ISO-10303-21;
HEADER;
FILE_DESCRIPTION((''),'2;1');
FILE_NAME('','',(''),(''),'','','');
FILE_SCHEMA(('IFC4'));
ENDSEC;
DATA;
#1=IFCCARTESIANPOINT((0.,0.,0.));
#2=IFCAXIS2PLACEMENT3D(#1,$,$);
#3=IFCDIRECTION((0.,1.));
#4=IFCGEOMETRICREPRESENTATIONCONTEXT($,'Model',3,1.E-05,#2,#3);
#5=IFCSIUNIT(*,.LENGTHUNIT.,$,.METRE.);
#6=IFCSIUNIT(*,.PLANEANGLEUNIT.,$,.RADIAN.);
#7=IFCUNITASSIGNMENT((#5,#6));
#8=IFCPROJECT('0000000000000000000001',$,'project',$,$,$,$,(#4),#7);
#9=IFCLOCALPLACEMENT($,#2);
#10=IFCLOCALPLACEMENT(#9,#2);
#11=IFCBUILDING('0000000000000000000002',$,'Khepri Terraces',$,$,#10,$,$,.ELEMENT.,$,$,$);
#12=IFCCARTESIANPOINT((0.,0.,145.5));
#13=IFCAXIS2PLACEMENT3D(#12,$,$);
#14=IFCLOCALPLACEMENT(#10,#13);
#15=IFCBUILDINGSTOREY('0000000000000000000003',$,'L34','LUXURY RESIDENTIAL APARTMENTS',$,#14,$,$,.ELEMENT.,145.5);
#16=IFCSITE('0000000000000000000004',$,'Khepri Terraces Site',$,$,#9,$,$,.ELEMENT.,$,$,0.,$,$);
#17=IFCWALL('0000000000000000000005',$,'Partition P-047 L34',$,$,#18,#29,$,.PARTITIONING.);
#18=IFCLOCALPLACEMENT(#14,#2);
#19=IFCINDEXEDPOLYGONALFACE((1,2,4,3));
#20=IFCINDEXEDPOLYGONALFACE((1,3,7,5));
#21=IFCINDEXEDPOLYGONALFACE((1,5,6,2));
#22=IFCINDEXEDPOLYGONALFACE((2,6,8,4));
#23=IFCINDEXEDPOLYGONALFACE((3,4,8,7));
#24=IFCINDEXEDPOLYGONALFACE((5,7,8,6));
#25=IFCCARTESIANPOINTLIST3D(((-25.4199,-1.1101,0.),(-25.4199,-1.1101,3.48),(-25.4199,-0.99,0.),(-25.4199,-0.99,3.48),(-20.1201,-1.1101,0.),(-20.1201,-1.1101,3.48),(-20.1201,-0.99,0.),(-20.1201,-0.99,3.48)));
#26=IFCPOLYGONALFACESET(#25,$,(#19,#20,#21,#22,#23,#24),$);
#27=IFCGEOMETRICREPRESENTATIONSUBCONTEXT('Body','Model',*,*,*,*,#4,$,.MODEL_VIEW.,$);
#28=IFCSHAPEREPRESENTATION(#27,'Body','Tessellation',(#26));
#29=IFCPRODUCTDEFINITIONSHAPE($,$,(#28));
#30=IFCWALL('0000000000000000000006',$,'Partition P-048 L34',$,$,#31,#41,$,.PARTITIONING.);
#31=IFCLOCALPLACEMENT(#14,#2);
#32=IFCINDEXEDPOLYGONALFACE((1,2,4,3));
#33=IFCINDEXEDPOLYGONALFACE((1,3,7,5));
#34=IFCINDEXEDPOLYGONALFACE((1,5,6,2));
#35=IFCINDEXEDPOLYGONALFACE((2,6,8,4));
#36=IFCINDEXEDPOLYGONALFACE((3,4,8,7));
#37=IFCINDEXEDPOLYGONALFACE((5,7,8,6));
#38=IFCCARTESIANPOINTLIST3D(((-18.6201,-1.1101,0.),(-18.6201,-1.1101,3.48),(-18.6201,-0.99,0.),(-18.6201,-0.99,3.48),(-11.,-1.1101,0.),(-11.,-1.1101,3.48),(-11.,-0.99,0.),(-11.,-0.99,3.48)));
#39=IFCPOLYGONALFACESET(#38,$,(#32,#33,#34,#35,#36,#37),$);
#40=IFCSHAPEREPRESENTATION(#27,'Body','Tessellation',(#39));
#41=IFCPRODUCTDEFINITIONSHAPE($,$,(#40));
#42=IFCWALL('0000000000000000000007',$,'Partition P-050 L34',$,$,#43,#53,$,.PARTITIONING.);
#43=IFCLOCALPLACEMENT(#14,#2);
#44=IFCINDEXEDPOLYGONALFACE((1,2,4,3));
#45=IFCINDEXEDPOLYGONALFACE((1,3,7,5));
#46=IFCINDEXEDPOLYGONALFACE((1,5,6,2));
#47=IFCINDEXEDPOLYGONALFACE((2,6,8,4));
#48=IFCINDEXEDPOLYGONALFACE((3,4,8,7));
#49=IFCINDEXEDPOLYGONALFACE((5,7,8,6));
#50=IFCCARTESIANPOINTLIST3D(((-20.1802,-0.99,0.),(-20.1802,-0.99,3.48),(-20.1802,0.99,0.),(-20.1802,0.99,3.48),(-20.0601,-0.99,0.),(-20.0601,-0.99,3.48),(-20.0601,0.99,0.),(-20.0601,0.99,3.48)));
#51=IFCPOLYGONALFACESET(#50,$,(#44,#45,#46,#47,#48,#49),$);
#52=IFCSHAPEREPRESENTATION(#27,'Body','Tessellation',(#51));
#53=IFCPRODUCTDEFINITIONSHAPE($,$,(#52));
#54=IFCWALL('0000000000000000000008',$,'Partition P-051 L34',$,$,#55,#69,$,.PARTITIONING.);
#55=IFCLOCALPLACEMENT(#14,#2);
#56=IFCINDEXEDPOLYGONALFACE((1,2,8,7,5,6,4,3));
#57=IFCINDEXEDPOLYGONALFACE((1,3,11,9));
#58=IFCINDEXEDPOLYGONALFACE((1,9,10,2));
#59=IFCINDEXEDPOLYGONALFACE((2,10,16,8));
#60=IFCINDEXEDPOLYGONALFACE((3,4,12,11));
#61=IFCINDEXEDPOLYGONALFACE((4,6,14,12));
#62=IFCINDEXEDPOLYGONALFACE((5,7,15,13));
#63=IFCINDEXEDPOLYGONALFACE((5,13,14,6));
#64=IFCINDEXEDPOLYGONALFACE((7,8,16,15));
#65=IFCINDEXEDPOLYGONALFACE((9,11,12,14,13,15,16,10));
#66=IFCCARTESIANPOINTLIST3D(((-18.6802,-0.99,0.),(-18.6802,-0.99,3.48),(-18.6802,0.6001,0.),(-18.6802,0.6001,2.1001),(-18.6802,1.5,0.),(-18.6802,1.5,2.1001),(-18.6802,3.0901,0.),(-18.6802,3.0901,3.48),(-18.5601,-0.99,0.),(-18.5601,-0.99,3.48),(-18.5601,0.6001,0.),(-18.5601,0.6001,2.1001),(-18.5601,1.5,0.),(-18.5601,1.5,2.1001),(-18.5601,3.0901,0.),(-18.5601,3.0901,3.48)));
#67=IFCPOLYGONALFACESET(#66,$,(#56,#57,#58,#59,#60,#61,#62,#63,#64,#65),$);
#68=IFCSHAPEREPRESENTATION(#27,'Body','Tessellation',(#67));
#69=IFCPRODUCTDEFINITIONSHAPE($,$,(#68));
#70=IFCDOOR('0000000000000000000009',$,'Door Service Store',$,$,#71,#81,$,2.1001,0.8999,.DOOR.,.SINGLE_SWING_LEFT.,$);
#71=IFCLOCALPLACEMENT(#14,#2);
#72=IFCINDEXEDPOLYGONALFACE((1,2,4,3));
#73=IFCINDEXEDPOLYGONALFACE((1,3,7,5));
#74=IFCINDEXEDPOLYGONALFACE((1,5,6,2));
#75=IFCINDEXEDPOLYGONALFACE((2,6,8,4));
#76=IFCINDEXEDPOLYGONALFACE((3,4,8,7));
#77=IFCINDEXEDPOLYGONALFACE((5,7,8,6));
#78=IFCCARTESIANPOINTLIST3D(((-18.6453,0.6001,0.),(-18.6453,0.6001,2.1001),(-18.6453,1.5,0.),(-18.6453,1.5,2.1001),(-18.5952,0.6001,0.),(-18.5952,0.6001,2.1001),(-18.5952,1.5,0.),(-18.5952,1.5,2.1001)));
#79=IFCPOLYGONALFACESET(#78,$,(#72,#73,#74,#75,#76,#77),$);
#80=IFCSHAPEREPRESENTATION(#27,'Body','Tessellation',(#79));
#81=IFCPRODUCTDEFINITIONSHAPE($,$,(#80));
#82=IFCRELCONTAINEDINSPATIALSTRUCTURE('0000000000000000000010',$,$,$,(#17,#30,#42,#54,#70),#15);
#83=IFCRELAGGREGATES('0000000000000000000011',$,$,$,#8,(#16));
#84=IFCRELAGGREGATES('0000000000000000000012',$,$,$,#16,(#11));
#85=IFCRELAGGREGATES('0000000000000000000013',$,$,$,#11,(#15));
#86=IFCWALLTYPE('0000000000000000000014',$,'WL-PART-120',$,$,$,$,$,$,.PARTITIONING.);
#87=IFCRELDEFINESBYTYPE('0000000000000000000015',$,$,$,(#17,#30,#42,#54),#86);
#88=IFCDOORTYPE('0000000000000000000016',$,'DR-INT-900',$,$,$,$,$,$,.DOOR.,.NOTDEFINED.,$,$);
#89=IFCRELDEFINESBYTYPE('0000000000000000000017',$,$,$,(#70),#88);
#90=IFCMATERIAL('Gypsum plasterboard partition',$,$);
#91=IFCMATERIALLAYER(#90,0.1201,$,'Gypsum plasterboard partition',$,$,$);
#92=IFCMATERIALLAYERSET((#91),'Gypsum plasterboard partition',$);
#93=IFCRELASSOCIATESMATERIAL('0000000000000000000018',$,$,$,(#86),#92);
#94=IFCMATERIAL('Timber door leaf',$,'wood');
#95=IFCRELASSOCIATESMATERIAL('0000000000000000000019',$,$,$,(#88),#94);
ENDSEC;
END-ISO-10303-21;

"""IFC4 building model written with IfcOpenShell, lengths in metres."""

from ifc_helpers import new_model, si_unit, direction, frame, frame_2d, origin, place, context, subcontext, project, spatial, rectangle, extrude, material, layer, layer_set, type_object, element, fill, save


model = new_model("IFC4")

# Units and contexts
model_context = context("Model", 3, precision=1e-05, world=origin(), true_north=direction((0.0, 1.0)))
body_context = subcontext(model_context, "Body", "Model", "MODEL_VIEW")
ifc_project = project(units=[si_unit("LENGTHUNIT", "METRE"), si_unit("PLANEANGLEUNIT", "RADIAN")], contexts=[model_context])

# Site, building, storey
site_placement = place(None, origin())
site = spatial("IfcSite", under=ifc_project, at=site_placement, Name="Khepri Terraces Site", CompositionType="ELEMENT", RefElevation=0.0)
building_placement = place(site_placement, origin())
building = spatial("IfcBuilding", under=site, at=building_placement, Name="Khepri Terraces", CompositionType="ELEMENT")
storey_placement = place(building_placement, frame((0.0, 0.0, 145.5)))
storey = spatial("IfcBuildingStorey", under=building, at=storey_placement, Name="L34", Description="LUXURY RESIDENTIAL APARTMENTS", CompositionType="ELEMENT", Elevation=145.5)

# Shared definitions
ifc_material_1 = material(Name="Gypsum plasterboard partition")
ifc_layer_1 = layer(ifc_material_1, 0.1201, Name="Gypsum plasterboard partition")
ifc_layer_set_1 = layer_set([ifc_layer_1], Name="Gypsum plasterboard partition")
wall_type_1 = type_object("IfcWallType", Name="WL-PART-120", PredefinedType="PARTITIONING", material=ifc_layer_set_1)

# Shared definitions
ifc_material_2 = material(Name="Timber door leaf", Category="wood")
door_type_1 = type_object("IfcDoorType", Name="DR-INT-900", OperationType="NOTDEFINED", PredefinedType="DOOR", material=ifc_material_2)

# Walls
wall_1_placement = place(storey_placement, frame((-25.4199, -1.05, 0.0), z_axis=(0.0, 0.0, 1.0), x_axis=(1.0, 0.0, 0.0)))
element("IfcWall", 1, at=wall_1_placement, inside=storey, type_object=wall_type_1, Name="Partition P-047 L34", PredefinedType="PARTITIONING", context=body_context, shape_type="SweptSolid", body=[
    extrude(rectangle(XDim=5.2998, YDim=0.1201, at=frame_2d((2.6499, 0.0))), origin(), (0.0, 0.0, 1.0), 3.48),
])
wall_2_placement = place(storey_placement, frame((-18.6201, -1.05, 0.0), z_axis=(0.0, 0.0, 1.0), x_axis=(1.0, 0.0, 0.0)))
element("IfcWall", 2, at=wall_2_placement, inside=storey, type_object=wall_type_1, Name="Partition P-048 L34", PredefinedType="PARTITIONING", context=body_context, shape_type="SweptSolid", body=[
    extrude(rectangle(XDim=7.6201, YDim=0.1201, at=frame_2d((3.8101, 0.0))), origin(), (0.0, 0.0, 1.0), 3.48),
])
wall_3_placement = place(storey_placement, frame((-20.1201, -0.99, 0.0), z_axis=(0.0, 0.0, 1.0), x_axis=(0.0, 1.0, 0.0)))
element("IfcWall", 3, at=wall_3_placement, inside=storey, type_object=wall_type_1, Name="Partition P-050 L34", PredefinedType="PARTITIONING", context=body_context, shape_type="SweptSolid", body=[
    extrude(rectangle(XDim=1.98, YDim=0.1201, at=frame_2d((0.99, 0.0))), origin(), (0.0, 0.0, 1.0), 3.48),
])

# Wall, opening, door
wall_4_placement = place(storey_placement, frame((-18.6201, -0.99, 0.0), z_axis=(0.0, 0.0, 1.0), x_axis=(0.0, 1.0, 0.0)))
wall_4 = element("IfcWall", 4, at=wall_4_placement, inside=storey, type_object=wall_type_1, Name="Partition P-051 L34", PredefinedType="PARTITIONING", context=body_context, shape_type="SweptSolid", body=[
    extrude(rectangle(XDim=4.0801, YDim=0.1201, at=frame_2d((2.04, 0.0))), origin(), (0.0, 0.0, 1.0), 3.48),
])
opening_1_placement = place(wall_4_placement, frame((1.5901, 0.0, 0.0)))
opening_1 = element("IfcOpeningElement", 5, at=opening_1_placement, cuts=wall_4, PredefinedType="OPENING", context=body_context, shape_type="SweptSolid", body=[
    extrude(rectangle(XDim=0.8999, YDim=2.1001, at=frame_2d((0.45, 1.05))), frame((0.0, 0.0701, 0.0), z_axis=(0.0, -1.0, 0.0), x_axis=(1.0, 0.0, 0.0)), (0.0, 0.0, 1.0), 0.1401),
])
door_1_placement = place(opening_1_placement, frame((0.8999, 0.0, 0.0), z_axis=(0.0, 0.0, 1.0), x_axis=(-1.0, 0.0, 0.0)))
door_1 = element("IfcDoor", 6, at=door_1_placement, inside=storey, type_object=door_type_1, Name="Door Service Store", OperationType="SINGLE_SWING_LEFT", OverallHeight=2.1001, OverallWidth=0.8999, PredefinedType="DOOR", context=body_context, shape_type="SweptSolid", body=[
    extrude(rectangle(XDim=0.8999, YDim=2.1001, at=frame_2d((0.45, 1.05))), frame((0.0, 0.0249, 0.0), z_axis=(0.0, -1.0, 0.0), x_axis=(1.0, 0.0, 0.0)), (0.0, 0.0, 1.0), 0.05),
])
fill(opening_1, door_1)

save(model, "model.ifc")
